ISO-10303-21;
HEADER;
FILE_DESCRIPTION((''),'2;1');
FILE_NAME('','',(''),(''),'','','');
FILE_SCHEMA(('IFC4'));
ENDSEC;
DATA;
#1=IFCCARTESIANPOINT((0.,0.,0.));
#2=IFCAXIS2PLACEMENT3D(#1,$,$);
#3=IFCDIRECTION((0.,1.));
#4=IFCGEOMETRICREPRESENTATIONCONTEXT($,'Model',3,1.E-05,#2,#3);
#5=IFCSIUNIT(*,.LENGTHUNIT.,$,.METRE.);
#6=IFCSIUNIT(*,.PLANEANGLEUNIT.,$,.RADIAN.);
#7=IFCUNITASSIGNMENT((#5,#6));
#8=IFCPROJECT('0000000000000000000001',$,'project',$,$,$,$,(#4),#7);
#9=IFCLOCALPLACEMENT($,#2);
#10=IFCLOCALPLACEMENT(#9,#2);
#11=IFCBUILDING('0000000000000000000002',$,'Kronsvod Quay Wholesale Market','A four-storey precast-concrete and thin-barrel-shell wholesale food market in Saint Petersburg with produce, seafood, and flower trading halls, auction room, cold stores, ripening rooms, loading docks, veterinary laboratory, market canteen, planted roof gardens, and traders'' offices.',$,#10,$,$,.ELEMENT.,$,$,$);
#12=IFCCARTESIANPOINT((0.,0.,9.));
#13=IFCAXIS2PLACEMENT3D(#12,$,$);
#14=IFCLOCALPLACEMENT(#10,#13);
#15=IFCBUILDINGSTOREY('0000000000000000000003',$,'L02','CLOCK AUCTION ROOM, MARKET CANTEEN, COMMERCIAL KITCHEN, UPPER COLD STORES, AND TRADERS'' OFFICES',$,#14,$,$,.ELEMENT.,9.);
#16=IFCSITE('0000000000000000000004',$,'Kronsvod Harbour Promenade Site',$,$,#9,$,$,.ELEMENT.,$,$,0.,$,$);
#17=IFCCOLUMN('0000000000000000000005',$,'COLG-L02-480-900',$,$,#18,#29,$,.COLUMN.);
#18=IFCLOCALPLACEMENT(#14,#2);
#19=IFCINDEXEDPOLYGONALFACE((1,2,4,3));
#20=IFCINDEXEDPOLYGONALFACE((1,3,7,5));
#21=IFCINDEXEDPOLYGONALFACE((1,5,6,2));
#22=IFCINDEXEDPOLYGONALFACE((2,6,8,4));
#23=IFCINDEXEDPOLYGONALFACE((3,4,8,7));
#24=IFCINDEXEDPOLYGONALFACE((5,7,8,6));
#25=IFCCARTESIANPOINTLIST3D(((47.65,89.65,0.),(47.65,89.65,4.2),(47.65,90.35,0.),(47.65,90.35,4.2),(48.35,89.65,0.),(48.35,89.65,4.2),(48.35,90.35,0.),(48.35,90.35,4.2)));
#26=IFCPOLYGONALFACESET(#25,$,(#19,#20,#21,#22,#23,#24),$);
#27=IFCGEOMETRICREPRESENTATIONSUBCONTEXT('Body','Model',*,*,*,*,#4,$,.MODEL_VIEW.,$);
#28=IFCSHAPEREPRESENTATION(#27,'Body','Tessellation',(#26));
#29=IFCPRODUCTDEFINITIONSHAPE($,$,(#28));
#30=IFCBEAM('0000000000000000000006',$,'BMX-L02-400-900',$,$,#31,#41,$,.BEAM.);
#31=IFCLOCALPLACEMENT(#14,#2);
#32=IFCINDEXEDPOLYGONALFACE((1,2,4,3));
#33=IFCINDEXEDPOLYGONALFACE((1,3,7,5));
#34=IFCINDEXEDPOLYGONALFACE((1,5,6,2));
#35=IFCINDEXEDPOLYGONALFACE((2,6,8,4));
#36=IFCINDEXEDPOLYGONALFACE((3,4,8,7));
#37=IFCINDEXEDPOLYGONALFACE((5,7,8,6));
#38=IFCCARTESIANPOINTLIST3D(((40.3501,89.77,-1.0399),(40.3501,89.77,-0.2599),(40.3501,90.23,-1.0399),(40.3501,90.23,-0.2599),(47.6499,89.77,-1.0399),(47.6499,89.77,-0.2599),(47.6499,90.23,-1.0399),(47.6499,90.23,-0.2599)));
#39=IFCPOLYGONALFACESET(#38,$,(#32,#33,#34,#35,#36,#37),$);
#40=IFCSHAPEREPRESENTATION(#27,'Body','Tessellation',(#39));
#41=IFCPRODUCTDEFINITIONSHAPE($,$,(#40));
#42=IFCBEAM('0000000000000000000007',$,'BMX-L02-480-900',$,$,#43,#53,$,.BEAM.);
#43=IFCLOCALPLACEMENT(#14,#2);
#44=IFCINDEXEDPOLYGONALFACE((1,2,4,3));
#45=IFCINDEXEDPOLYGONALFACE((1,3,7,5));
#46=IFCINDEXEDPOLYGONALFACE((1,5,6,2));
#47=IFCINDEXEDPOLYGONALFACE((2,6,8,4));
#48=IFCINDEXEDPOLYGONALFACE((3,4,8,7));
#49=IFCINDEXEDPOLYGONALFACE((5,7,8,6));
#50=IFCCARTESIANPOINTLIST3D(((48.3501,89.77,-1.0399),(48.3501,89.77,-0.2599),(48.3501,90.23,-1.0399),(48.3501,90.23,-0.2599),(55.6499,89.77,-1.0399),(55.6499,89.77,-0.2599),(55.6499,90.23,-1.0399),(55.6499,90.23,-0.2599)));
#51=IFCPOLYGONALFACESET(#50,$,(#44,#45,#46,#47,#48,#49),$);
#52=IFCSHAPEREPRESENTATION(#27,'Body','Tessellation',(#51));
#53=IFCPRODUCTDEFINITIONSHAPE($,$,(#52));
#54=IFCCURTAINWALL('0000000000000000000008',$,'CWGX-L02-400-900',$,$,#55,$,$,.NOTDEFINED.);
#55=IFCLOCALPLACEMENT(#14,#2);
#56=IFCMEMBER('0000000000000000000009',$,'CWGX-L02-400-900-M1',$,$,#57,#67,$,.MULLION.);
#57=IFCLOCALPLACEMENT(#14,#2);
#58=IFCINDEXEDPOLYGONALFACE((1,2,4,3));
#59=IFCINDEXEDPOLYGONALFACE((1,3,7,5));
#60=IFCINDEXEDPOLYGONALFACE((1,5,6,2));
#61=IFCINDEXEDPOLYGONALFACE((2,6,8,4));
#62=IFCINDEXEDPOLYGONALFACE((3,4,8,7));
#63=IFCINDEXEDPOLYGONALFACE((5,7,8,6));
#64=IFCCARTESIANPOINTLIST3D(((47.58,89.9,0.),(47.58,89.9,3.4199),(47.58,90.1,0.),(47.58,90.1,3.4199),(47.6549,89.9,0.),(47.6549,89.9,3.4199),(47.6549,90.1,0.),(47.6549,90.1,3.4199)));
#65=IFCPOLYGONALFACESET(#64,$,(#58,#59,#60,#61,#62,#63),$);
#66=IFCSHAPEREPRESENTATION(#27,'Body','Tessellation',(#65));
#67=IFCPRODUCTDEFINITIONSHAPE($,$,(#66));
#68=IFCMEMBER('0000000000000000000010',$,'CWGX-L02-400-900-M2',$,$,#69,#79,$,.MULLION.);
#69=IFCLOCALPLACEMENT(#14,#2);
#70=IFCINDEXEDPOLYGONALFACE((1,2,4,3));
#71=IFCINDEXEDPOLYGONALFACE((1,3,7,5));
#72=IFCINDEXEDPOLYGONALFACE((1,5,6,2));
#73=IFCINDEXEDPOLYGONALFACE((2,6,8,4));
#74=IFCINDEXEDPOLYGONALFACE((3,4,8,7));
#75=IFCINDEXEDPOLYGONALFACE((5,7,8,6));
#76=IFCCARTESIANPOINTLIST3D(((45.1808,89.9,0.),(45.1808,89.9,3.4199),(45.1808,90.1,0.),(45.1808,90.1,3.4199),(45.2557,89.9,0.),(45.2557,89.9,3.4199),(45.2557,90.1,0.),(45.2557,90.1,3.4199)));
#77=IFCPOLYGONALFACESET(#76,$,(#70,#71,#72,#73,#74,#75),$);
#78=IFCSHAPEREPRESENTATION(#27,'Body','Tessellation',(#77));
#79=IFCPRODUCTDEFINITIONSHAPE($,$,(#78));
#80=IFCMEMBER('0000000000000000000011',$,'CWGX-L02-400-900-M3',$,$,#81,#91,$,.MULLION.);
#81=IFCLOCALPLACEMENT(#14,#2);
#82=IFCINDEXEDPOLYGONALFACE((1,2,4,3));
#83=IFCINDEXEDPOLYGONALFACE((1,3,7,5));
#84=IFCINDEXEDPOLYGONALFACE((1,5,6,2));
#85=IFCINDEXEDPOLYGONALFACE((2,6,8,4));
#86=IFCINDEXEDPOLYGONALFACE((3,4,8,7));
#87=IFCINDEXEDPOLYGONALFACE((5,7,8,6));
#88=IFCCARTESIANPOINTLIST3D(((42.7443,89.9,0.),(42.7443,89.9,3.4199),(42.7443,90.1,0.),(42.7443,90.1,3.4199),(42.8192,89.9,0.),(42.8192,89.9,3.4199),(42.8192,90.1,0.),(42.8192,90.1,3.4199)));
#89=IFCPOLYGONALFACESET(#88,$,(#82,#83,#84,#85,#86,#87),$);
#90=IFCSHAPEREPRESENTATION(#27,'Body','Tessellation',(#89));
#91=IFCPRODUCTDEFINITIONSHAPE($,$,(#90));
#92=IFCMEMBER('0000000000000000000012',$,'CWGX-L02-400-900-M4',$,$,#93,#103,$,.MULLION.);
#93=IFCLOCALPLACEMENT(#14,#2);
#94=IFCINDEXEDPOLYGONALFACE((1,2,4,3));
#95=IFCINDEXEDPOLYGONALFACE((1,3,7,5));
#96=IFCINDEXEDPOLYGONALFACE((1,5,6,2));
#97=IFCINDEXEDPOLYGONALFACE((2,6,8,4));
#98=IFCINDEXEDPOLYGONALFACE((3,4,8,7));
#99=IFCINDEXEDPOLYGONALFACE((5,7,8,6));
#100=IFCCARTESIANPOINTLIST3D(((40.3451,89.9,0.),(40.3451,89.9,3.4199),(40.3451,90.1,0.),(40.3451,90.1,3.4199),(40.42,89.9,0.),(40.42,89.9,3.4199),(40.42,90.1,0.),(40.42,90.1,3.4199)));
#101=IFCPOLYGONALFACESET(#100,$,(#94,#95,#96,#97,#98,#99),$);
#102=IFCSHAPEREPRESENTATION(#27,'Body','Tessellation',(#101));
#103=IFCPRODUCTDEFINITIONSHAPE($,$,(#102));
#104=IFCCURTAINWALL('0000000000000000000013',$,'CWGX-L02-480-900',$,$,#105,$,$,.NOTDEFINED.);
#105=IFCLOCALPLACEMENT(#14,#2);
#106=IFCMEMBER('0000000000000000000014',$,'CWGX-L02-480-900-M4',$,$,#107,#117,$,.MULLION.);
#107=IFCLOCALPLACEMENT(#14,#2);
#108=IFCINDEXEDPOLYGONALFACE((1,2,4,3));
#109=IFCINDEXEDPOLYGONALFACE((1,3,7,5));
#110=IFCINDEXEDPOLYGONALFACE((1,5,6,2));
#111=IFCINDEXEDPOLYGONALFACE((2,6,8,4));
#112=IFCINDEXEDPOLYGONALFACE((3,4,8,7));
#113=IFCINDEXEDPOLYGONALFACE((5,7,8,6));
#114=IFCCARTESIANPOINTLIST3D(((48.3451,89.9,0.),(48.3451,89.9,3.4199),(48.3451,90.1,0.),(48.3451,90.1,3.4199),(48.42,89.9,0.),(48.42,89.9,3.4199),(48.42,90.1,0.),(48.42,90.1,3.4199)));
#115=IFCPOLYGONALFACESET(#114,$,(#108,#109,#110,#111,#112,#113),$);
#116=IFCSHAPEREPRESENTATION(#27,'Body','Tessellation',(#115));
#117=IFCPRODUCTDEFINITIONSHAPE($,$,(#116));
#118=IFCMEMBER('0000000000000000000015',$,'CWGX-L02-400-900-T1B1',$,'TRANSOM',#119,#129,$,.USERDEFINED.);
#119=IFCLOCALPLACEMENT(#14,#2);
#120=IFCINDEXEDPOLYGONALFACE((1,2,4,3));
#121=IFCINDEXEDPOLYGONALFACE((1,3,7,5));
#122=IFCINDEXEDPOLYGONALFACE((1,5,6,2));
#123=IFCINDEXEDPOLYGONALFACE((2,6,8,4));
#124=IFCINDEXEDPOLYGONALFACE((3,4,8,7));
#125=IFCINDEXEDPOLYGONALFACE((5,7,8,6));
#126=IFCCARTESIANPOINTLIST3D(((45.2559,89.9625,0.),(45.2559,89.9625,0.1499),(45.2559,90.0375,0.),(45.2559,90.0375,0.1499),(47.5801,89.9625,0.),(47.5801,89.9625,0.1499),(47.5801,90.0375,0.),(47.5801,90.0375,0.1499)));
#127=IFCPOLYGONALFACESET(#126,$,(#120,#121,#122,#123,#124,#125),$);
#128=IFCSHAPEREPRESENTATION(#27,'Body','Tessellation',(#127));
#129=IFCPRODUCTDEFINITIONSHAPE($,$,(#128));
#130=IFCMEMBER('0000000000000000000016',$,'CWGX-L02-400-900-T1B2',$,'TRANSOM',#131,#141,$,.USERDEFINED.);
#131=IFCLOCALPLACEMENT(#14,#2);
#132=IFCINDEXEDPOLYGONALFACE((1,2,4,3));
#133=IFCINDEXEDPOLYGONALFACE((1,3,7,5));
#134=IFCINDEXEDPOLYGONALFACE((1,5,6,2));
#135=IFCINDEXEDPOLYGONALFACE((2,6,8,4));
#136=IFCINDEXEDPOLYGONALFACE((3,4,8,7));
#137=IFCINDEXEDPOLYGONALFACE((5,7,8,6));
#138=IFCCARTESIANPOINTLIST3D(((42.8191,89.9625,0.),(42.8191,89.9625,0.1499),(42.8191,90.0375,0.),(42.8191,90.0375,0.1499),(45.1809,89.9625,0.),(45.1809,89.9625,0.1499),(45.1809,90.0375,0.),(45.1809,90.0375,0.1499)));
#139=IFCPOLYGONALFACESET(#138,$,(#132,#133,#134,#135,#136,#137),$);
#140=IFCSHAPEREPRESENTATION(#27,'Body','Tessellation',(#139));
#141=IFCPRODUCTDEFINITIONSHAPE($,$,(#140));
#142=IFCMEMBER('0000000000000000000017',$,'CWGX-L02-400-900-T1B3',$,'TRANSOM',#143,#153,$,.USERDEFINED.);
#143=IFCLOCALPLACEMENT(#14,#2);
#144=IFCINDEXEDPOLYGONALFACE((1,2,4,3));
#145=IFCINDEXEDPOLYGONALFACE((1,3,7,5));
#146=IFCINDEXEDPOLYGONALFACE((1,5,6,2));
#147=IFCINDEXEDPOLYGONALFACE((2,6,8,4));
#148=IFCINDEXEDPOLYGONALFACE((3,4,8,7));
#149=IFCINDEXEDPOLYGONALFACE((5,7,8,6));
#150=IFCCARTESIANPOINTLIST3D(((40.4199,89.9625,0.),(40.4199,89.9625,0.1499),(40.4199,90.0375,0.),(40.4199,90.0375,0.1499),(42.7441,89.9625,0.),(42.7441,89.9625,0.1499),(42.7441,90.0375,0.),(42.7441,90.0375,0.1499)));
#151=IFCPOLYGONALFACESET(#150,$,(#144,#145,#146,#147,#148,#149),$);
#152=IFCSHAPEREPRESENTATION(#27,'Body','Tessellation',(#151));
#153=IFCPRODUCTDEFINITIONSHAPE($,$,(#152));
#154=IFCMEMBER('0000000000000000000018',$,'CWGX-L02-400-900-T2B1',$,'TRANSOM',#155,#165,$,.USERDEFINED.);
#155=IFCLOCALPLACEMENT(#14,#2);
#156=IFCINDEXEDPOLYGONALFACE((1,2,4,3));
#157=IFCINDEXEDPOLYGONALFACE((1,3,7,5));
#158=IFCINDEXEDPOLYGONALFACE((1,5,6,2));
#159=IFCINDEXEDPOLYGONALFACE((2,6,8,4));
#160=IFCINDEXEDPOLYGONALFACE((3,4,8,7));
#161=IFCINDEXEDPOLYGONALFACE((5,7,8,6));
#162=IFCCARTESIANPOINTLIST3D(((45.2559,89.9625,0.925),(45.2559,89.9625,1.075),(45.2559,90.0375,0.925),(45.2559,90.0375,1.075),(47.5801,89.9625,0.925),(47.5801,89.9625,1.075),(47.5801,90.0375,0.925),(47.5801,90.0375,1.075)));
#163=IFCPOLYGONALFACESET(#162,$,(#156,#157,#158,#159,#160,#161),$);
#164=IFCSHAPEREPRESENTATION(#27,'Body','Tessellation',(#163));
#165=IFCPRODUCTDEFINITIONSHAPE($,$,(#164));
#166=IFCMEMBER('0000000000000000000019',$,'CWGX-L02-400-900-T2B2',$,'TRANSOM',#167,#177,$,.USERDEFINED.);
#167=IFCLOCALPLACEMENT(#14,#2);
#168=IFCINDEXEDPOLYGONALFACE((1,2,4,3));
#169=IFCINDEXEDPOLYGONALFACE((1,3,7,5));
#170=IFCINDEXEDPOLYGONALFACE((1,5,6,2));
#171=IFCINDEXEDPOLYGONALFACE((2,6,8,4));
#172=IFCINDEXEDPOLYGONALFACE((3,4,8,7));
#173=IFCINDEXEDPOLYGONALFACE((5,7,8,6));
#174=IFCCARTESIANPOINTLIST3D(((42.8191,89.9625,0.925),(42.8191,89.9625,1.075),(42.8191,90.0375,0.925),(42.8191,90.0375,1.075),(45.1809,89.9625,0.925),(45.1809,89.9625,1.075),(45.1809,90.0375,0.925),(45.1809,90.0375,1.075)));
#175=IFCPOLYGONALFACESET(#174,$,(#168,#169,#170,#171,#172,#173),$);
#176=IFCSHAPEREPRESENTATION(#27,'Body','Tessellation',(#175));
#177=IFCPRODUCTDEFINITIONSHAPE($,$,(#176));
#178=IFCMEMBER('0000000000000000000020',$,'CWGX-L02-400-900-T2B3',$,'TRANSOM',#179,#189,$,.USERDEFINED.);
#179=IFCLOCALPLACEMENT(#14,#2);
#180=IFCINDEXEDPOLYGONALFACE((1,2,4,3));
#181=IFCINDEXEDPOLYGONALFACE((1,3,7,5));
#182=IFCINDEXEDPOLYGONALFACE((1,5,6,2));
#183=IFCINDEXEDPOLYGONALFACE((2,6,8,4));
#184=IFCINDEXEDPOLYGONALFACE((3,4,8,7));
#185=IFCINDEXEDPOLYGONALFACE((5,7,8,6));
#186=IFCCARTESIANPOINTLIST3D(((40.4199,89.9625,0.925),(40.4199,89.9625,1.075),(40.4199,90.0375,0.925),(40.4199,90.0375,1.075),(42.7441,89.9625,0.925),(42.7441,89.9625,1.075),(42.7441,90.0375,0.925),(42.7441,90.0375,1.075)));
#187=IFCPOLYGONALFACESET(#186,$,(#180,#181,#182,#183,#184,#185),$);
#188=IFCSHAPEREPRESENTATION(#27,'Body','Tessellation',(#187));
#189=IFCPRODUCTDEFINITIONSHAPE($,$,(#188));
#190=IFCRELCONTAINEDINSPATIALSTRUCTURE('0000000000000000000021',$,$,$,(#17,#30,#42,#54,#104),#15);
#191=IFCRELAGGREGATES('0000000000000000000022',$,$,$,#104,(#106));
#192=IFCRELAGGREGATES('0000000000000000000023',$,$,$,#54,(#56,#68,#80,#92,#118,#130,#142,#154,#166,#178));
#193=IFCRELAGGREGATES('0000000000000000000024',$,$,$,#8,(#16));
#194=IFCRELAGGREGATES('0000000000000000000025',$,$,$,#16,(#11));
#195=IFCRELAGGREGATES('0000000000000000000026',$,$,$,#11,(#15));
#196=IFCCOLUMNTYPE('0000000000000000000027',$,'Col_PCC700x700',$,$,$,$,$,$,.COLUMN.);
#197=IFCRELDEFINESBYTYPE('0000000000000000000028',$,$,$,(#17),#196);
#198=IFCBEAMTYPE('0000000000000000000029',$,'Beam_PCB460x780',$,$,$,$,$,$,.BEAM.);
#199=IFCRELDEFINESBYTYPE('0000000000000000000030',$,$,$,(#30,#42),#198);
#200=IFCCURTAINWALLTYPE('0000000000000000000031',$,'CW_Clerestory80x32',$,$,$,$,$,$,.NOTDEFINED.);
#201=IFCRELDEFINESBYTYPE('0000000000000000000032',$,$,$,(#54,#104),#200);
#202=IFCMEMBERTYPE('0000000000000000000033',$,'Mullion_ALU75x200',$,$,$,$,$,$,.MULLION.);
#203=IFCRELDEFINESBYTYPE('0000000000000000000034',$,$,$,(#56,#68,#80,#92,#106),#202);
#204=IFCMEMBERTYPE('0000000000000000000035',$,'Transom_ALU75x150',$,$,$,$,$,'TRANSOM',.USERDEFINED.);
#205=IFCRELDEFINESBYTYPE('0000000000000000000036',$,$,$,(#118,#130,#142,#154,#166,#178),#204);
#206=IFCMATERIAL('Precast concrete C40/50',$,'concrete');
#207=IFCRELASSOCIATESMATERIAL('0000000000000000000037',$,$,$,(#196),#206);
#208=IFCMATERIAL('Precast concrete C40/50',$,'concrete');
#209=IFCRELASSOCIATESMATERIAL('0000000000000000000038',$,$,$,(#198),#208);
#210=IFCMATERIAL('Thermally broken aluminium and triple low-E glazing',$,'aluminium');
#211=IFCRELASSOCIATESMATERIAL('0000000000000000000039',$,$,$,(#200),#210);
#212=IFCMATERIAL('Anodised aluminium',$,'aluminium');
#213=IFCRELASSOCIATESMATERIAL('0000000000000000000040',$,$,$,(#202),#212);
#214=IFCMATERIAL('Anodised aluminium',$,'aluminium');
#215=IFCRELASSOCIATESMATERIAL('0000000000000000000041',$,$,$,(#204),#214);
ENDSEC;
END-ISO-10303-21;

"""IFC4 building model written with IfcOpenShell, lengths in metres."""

from ifc_helpers import new_model, si_unit, direction, frame, origin, origin_2d, place, context, subcontext, project, spatial, rectangle, extrude, material, material_profile, profile_set, type_object, element, aggregate, save


model = new_model("IFC4")

# Units and contexts
model_context = context("Model", 3, precision=1e-05, world=origin(), true_north=direction((0.0, 1.0)))
body_context = subcontext(model_context, "Body", "Model", "MODEL_VIEW")
ifc_project = project(units=[si_unit("LENGTHUNIT", "METRE"), si_unit("PLANEANGLEUNIT", "RADIAN")], contexts=[model_context])

# Site, building, storey
site_placement = place(None, origin())
site = spatial("IfcSite", under=ifc_project, at=site_placement, Name="Kronsvod Harbour Promenade Site", CompositionType="ELEMENT", RefElevation=0.0)
building_placement = place(site_placement, origin())
building = spatial("IfcBuilding", under=site, at=building_placement, Name="Kronsvod Quay Wholesale Market", Description="A four-storey precast-concrete and thin-barrel-shell wholesale food market in Saint Petersburg with produce, seafood, and flower trading halls, auction room, cold stores, ripening rooms, loading docks, veterinary laboratory, market canteen, planted roof gardens, and traders' offices.", CompositionType="ELEMENT")
storey_placement = place(building_placement, frame((0.0, 0.0, 9.0)))
storey = spatial("IfcBuildingStorey", under=building, at=storey_placement, Name="L02", Description="CLOCK AUCTION ROOM, MARKET CANTEEN, COMMERCIAL KITCHEN, UPPER COLD STORES, AND TRADERS' OFFICES", CompositionType="ELEMENT", Elevation=9.0)

# Column
ifc_material_1 = material(Name="Precast concrete C40/50", Category="concrete")
ifc_material_profile_1 = material_profile(ifc_material_1, rectangle(XDim=0.7, YDim=0.7, at=origin_2d()), Name="PCC700x700")
ifc_profile_set_1 = profile_set([ifc_material_profile_1], Name="Precast concrete C40/50")
column_type = type_object("IfcColumnType", Name="Col_PCC700x700", PredefinedType="COLUMN", material=ifc_profile_set_1)
column_placement = place(storey_placement, frame((48.0, 90.0, 0.0), z_axis=(0.0, 0.0, 1.0), x_axis=(1.0, 0.0, 0.0)))
element("IfcColumn", 1, at=column_placement, inside=storey, type_object=column_type, Name="COLG-L02-480-900", PredefinedType="COLUMN", context=body_context, shape_type="SweptSolid", body=[
    extrude(rectangle(XDim=0.7, YDim=0.7, at=origin_2d()), origin(), (0.0, 0.0, 1.0), 4.2),
])

# Beams
ifc_material_2 = material(Name="Precast concrete C40/50", Category="concrete")
ifc_material_profile_2 = material_profile(ifc_material_2, rectangle(XDim=0.46, YDim=0.78, at=origin_2d()), Name="PB-03")
ifc_profile_set_2 = profile_set([ifc_material_profile_2], Name="Precast concrete C40/50")
beam_type = type_object("IfcBeamType", Name="Beam_PCB460x780", PredefinedType="BEAM", material=ifc_profile_set_2)
for number, where, z_axis, x_axis, name in (
    (2, (40.3501, 90.0, -0.6499), (1.0, 0.0, 0.0), (0.0, 1.0, 0.0), "BMX-L02-400-900"),
    (3, (48.3501, 90.0, -0.6499), (1.0, 0.0, 0.0), (0.0, 1.0, 0.0), "BMX-L02-480-900"),
):
    element("IfcBeam", number, at=place(storey_placement, frame(where, z_axis=z_axis, x_axis=x_axis)), inside=storey, type_object=beam_type, Name=name, PredefinedType="BEAM", context=body_context, shape_type="SweptSolid", body=[
        extrude(rectangle(XDim=0.46, YDim=0.78, at=origin_2d()), origin(), (0.0, 0.0, 1.0), 7.2998),
    ])

# Curtain wall, members
ifc_material_3 = material(Name="Thermally broken aluminium and triple low-E glazing", Category="aluminium")
curtain_wall_type = type_object("IfcCurtainWallType", Name="CW_Clerestory80x32", PredefinedType="NOTDEFINED", material=ifc_material_3)
curtain_wall_1_placement = place(storey_placement, origin())
curtain_wall_1 = element("IfcCurtainWall", 4, at=curtain_wall_1_placement, inside=storey, type_object=curtain_wall_type, Name="CWGX-L02-400-900", PredefinedType="NOTDEFINED")
ifc_material_4 = material(Name="Anodised aluminium", Category="aluminium")
ifc_material_profile_3 = material_profile(ifc_material_4, rectangle(XDim=0.075, YDim=0.2, at=origin_2d()), Name="ALUM75x200")
ifc_profile_set_3 = profile_set([ifc_material_profile_3], Name="Anodised aluminium")
member_type_1 = type_object("IfcMemberType", Name="Mullion_ALU75x200", PredefinedType="MULLION", material=ifc_profile_set_3)
member_1_placement = place(storey_placement, frame((47.6174, 90.0, 0.0), z_axis=(0.0, 0.0, 1.0), x_axis=(1.0, 0.0, 0.0)))
member_1 = element("IfcMember", 5, at=member_1_placement, type_object=member_type_1, Name="CWGX-L02-400-900-M1", PredefinedType="MULLION", context=body_context, shape_type="SweptSolid", body=[
    extrude(rectangle(XDim=0.075, YDim=0.2, at=origin_2d()), origin(), (0.0, 0.0, 1.0), 3.4199),
])
member_2_placement = place(storey_placement, frame((45.2183, 90.0, 0.0), z_axis=(0.0, 0.0, 1.0), x_axis=(1.0, 0.0, 0.0)))
member_2 = element("IfcMember", 6, at=member_2_placement, type_object=member_type_1, Name="CWGX-L02-400-900-M2", PredefinedType="MULLION", context=body_context, shape_type="SweptSolid", body=[
    extrude(rectangle(XDim=0.075, YDim=0.2, at=origin_2d()), origin(), (0.0, 0.0, 1.0), 3.4199),
])
member_3_placement = place(storey_placement, frame((42.7817, 90.0, 0.0), z_axis=(0.0, 0.0, 1.0), x_axis=(1.0, 0.0, 0.0)))
member_3 = element("IfcMember", 7, at=member_3_placement, type_object=member_type_1, Name="CWGX-L02-400-900-M3", PredefinedType="MULLION", context=body_context, shape_type="SweptSolid", body=[
    extrude(rectangle(XDim=0.075, YDim=0.2, at=origin_2d()), origin(), (0.0, 0.0, 1.0), 3.4199),
])
member_4_placement = place(storey_placement, frame((40.3826, 90.0, 0.0), z_axis=(0.0, 0.0, 1.0), x_axis=(1.0, 0.0, 0.0)))
member_4 = element("IfcMember", 8, at=member_4_placement, type_object=member_type_1, Name="CWGX-L02-400-900-M4", PredefinedType="MULLION", context=body_context, shape_type="SweptSolid", body=[
    extrude(rectangle(XDim=0.075, YDim=0.2, at=origin_2d()), origin(), (0.0, 0.0, 1.0), 3.4199),
])

# Curtain wall, member
curtain_wall_2_placement = place(storey_placement, origin())
curtain_wall_2 = element("IfcCurtainWall", 9, at=curtain_wall_2_placement, inside=storey, type_object=curtain_wall_type, Name="CWGX-L02-480-900", PredefinedType="NOTDEFINED")
member_5_placement = place(storey_placement, frame((48.3826, 90.0, 0.0), z_axis=(0.0, 0.0, 1.0), x_axis=(1.0, 0.0, 0.0)))
member_5 = element("IfcMember", 10, at=member_5_placement, type_object=member_type_1, Name="CWGX-L02-480-900-M4", PredefinedType="MULLION", context=body_context, shape_type="SweptSolid", body=[
    extrude(rectangle(XDim=0.075, YDim=0.2, at=origin_2d()), origin(), (0.0, 0.0, 1.0), 3.4199),
])
aggregate(curtain_wall_2, [member_5])

# Members
ifc_material_5 = material(Name="Anodised aluminium", Category="aluminium")
ifc_material_profile_4 = material_profile(ifc_material_5, rectangle(XDim=0.075, YDim=0.1499, at=origin_2d()), Name="ALUT75x150")
ifc_profile_set_4 = profile_set([ifc_material_profile_4], Name="Anodised aluminium")
member_type_2 = type_object("IfcMemberType", Name="Transom_ALU75x150", ElementType="TRANSOM", PredefinedType="USERDEFINED", material=ifc_profile_set_4)
member_6_placement = place(storey_placement, frame((47.5801, 90.0, 0.075), z_axis=(-1.0, 0.0, 0.0), x_axis=(0.0, -1.0, 0.0)))
member_6 = element("IfcMember", 11, at=member_6_placement, type_object=member_type_2, Name="CWGX-L02-400-900-T1B1", ObjectType="TRANSOM", PredefinedType="USERDEFINED", context=body_context, shape_type="SweptSolid", body=[
    extrude(rectangle(XDim=0.075, YDim=0.1499, at=origin_2d()), origin(), (0.0, 0.0, 1.0), 2.3242),
])
member_7_placement = place(storey_placement, frame((45.1809, 90.0, 0.075), z_axis=(-1.0, 0.0, 0.0), x_axis=(0.0, -1.0, 0.0)))
member_7 = element("IfcMember", 12, at=member_7_placement, type_object=member_type_2, Name="CWGX-L02-400-900-T1B2", ObjectType="TRANSOM", PredefinedType="USERDEFINED", context=body_context, shape_type="SweptSolid", body=[
    extrude(rectangle(XDim=0.075, YDim=0.1499, at=origin_2d()), origin(), (0.0, 0.0, 1.0), 2.3618),
])
member_8_placement = place(storey_placement, frame((42.7441, 90.0, 0.075), z_axis=(-1.0, 0.0, 0.0), x_axis=(0.0, -1.0, 0.0)))
member_8 = element("IfcMember", 13, at=member_8_placement, type_object=member_type_2, Name="CWGX-L02-400-900-T1B3", ObjectType="TRANSOM", PredefinedType="USERDEFINED", context=body_context, shape_type="SweptSolid", body=[
    extrude(rectangle(XDim=0.075, YDim=0.1499, at=origin_2d()), origin(), (0.0, 0.0, 1.0), 2.3242),
])
member_9_placement = place(storey_placement, frame((47.5801, 90.0, 1.0), z_axis=(-1.0, 0.0, 0.0), x_axis=(0.0, -1.0, 0.0)))
member_9 = element("IfcMember", 14, at=member_9_placement, type_object=member_type_2, Name="CWGX-L02-400-900-T2B1", ObjectType="TRANSOM", PredefinedType="USERDEFINED", context=body_context, shape_type="SweptSolid", body=[
    extrude(rectangle(XDim=0.075, YDim=0.1499, at=origin_2d()), origin(), (0.0, 0.0, 1.0), 2.3242),
])
member_10_placement = place(storey_placement, frame((45.1809, 90.0, 1.0), z_axis=(-1.0, 0.0, 0.0), x_axis=(0.0, -1.0, 0.0)))
member_10 = element("IfcMember", 15, at=member_10_placement, type_object=member_type_2, Name="CWGX-L02-400-900-T2B2", ObjectType="TRANSOM", PredefinedType="USERDEFINED", context=body_context, shape_type="SweptSolid", body=[
    extrude(rectangle(XDim=0.075, YDim=0.1499, at=origin_2d()), origin(), (0.0, 0.0, 1.0), 2.3618),
])
member_11_placement = place(storey_placement, frame((42.7441, 90.0, 1.0), z_axis=(-1.0, 0.0, 0.0), x_axis=(0.0, -1.0, 0.0)))
member_11 = element("IfcMember", 16, at=member_11_placement, type_object=member_type_2, Name="CWGX-L02-400-900-T2B3", ObjectType="TRANSOM", PredefinedType="USERDEFINED", context=body_context, shape_type="SweptSolid", body=[
    extrude(rectangle(XDim=0.075, YDim=0.1499, at=origin_2d()), origin(), (0.0, 0.0, 1.0), 2.3242),
])

aggregate(curtain_wall_1, [member_1, member_2, member_3, member_4, member_6, member_7, member_8, member_9, member_10, member_11])

save(model, "model.ifc")
